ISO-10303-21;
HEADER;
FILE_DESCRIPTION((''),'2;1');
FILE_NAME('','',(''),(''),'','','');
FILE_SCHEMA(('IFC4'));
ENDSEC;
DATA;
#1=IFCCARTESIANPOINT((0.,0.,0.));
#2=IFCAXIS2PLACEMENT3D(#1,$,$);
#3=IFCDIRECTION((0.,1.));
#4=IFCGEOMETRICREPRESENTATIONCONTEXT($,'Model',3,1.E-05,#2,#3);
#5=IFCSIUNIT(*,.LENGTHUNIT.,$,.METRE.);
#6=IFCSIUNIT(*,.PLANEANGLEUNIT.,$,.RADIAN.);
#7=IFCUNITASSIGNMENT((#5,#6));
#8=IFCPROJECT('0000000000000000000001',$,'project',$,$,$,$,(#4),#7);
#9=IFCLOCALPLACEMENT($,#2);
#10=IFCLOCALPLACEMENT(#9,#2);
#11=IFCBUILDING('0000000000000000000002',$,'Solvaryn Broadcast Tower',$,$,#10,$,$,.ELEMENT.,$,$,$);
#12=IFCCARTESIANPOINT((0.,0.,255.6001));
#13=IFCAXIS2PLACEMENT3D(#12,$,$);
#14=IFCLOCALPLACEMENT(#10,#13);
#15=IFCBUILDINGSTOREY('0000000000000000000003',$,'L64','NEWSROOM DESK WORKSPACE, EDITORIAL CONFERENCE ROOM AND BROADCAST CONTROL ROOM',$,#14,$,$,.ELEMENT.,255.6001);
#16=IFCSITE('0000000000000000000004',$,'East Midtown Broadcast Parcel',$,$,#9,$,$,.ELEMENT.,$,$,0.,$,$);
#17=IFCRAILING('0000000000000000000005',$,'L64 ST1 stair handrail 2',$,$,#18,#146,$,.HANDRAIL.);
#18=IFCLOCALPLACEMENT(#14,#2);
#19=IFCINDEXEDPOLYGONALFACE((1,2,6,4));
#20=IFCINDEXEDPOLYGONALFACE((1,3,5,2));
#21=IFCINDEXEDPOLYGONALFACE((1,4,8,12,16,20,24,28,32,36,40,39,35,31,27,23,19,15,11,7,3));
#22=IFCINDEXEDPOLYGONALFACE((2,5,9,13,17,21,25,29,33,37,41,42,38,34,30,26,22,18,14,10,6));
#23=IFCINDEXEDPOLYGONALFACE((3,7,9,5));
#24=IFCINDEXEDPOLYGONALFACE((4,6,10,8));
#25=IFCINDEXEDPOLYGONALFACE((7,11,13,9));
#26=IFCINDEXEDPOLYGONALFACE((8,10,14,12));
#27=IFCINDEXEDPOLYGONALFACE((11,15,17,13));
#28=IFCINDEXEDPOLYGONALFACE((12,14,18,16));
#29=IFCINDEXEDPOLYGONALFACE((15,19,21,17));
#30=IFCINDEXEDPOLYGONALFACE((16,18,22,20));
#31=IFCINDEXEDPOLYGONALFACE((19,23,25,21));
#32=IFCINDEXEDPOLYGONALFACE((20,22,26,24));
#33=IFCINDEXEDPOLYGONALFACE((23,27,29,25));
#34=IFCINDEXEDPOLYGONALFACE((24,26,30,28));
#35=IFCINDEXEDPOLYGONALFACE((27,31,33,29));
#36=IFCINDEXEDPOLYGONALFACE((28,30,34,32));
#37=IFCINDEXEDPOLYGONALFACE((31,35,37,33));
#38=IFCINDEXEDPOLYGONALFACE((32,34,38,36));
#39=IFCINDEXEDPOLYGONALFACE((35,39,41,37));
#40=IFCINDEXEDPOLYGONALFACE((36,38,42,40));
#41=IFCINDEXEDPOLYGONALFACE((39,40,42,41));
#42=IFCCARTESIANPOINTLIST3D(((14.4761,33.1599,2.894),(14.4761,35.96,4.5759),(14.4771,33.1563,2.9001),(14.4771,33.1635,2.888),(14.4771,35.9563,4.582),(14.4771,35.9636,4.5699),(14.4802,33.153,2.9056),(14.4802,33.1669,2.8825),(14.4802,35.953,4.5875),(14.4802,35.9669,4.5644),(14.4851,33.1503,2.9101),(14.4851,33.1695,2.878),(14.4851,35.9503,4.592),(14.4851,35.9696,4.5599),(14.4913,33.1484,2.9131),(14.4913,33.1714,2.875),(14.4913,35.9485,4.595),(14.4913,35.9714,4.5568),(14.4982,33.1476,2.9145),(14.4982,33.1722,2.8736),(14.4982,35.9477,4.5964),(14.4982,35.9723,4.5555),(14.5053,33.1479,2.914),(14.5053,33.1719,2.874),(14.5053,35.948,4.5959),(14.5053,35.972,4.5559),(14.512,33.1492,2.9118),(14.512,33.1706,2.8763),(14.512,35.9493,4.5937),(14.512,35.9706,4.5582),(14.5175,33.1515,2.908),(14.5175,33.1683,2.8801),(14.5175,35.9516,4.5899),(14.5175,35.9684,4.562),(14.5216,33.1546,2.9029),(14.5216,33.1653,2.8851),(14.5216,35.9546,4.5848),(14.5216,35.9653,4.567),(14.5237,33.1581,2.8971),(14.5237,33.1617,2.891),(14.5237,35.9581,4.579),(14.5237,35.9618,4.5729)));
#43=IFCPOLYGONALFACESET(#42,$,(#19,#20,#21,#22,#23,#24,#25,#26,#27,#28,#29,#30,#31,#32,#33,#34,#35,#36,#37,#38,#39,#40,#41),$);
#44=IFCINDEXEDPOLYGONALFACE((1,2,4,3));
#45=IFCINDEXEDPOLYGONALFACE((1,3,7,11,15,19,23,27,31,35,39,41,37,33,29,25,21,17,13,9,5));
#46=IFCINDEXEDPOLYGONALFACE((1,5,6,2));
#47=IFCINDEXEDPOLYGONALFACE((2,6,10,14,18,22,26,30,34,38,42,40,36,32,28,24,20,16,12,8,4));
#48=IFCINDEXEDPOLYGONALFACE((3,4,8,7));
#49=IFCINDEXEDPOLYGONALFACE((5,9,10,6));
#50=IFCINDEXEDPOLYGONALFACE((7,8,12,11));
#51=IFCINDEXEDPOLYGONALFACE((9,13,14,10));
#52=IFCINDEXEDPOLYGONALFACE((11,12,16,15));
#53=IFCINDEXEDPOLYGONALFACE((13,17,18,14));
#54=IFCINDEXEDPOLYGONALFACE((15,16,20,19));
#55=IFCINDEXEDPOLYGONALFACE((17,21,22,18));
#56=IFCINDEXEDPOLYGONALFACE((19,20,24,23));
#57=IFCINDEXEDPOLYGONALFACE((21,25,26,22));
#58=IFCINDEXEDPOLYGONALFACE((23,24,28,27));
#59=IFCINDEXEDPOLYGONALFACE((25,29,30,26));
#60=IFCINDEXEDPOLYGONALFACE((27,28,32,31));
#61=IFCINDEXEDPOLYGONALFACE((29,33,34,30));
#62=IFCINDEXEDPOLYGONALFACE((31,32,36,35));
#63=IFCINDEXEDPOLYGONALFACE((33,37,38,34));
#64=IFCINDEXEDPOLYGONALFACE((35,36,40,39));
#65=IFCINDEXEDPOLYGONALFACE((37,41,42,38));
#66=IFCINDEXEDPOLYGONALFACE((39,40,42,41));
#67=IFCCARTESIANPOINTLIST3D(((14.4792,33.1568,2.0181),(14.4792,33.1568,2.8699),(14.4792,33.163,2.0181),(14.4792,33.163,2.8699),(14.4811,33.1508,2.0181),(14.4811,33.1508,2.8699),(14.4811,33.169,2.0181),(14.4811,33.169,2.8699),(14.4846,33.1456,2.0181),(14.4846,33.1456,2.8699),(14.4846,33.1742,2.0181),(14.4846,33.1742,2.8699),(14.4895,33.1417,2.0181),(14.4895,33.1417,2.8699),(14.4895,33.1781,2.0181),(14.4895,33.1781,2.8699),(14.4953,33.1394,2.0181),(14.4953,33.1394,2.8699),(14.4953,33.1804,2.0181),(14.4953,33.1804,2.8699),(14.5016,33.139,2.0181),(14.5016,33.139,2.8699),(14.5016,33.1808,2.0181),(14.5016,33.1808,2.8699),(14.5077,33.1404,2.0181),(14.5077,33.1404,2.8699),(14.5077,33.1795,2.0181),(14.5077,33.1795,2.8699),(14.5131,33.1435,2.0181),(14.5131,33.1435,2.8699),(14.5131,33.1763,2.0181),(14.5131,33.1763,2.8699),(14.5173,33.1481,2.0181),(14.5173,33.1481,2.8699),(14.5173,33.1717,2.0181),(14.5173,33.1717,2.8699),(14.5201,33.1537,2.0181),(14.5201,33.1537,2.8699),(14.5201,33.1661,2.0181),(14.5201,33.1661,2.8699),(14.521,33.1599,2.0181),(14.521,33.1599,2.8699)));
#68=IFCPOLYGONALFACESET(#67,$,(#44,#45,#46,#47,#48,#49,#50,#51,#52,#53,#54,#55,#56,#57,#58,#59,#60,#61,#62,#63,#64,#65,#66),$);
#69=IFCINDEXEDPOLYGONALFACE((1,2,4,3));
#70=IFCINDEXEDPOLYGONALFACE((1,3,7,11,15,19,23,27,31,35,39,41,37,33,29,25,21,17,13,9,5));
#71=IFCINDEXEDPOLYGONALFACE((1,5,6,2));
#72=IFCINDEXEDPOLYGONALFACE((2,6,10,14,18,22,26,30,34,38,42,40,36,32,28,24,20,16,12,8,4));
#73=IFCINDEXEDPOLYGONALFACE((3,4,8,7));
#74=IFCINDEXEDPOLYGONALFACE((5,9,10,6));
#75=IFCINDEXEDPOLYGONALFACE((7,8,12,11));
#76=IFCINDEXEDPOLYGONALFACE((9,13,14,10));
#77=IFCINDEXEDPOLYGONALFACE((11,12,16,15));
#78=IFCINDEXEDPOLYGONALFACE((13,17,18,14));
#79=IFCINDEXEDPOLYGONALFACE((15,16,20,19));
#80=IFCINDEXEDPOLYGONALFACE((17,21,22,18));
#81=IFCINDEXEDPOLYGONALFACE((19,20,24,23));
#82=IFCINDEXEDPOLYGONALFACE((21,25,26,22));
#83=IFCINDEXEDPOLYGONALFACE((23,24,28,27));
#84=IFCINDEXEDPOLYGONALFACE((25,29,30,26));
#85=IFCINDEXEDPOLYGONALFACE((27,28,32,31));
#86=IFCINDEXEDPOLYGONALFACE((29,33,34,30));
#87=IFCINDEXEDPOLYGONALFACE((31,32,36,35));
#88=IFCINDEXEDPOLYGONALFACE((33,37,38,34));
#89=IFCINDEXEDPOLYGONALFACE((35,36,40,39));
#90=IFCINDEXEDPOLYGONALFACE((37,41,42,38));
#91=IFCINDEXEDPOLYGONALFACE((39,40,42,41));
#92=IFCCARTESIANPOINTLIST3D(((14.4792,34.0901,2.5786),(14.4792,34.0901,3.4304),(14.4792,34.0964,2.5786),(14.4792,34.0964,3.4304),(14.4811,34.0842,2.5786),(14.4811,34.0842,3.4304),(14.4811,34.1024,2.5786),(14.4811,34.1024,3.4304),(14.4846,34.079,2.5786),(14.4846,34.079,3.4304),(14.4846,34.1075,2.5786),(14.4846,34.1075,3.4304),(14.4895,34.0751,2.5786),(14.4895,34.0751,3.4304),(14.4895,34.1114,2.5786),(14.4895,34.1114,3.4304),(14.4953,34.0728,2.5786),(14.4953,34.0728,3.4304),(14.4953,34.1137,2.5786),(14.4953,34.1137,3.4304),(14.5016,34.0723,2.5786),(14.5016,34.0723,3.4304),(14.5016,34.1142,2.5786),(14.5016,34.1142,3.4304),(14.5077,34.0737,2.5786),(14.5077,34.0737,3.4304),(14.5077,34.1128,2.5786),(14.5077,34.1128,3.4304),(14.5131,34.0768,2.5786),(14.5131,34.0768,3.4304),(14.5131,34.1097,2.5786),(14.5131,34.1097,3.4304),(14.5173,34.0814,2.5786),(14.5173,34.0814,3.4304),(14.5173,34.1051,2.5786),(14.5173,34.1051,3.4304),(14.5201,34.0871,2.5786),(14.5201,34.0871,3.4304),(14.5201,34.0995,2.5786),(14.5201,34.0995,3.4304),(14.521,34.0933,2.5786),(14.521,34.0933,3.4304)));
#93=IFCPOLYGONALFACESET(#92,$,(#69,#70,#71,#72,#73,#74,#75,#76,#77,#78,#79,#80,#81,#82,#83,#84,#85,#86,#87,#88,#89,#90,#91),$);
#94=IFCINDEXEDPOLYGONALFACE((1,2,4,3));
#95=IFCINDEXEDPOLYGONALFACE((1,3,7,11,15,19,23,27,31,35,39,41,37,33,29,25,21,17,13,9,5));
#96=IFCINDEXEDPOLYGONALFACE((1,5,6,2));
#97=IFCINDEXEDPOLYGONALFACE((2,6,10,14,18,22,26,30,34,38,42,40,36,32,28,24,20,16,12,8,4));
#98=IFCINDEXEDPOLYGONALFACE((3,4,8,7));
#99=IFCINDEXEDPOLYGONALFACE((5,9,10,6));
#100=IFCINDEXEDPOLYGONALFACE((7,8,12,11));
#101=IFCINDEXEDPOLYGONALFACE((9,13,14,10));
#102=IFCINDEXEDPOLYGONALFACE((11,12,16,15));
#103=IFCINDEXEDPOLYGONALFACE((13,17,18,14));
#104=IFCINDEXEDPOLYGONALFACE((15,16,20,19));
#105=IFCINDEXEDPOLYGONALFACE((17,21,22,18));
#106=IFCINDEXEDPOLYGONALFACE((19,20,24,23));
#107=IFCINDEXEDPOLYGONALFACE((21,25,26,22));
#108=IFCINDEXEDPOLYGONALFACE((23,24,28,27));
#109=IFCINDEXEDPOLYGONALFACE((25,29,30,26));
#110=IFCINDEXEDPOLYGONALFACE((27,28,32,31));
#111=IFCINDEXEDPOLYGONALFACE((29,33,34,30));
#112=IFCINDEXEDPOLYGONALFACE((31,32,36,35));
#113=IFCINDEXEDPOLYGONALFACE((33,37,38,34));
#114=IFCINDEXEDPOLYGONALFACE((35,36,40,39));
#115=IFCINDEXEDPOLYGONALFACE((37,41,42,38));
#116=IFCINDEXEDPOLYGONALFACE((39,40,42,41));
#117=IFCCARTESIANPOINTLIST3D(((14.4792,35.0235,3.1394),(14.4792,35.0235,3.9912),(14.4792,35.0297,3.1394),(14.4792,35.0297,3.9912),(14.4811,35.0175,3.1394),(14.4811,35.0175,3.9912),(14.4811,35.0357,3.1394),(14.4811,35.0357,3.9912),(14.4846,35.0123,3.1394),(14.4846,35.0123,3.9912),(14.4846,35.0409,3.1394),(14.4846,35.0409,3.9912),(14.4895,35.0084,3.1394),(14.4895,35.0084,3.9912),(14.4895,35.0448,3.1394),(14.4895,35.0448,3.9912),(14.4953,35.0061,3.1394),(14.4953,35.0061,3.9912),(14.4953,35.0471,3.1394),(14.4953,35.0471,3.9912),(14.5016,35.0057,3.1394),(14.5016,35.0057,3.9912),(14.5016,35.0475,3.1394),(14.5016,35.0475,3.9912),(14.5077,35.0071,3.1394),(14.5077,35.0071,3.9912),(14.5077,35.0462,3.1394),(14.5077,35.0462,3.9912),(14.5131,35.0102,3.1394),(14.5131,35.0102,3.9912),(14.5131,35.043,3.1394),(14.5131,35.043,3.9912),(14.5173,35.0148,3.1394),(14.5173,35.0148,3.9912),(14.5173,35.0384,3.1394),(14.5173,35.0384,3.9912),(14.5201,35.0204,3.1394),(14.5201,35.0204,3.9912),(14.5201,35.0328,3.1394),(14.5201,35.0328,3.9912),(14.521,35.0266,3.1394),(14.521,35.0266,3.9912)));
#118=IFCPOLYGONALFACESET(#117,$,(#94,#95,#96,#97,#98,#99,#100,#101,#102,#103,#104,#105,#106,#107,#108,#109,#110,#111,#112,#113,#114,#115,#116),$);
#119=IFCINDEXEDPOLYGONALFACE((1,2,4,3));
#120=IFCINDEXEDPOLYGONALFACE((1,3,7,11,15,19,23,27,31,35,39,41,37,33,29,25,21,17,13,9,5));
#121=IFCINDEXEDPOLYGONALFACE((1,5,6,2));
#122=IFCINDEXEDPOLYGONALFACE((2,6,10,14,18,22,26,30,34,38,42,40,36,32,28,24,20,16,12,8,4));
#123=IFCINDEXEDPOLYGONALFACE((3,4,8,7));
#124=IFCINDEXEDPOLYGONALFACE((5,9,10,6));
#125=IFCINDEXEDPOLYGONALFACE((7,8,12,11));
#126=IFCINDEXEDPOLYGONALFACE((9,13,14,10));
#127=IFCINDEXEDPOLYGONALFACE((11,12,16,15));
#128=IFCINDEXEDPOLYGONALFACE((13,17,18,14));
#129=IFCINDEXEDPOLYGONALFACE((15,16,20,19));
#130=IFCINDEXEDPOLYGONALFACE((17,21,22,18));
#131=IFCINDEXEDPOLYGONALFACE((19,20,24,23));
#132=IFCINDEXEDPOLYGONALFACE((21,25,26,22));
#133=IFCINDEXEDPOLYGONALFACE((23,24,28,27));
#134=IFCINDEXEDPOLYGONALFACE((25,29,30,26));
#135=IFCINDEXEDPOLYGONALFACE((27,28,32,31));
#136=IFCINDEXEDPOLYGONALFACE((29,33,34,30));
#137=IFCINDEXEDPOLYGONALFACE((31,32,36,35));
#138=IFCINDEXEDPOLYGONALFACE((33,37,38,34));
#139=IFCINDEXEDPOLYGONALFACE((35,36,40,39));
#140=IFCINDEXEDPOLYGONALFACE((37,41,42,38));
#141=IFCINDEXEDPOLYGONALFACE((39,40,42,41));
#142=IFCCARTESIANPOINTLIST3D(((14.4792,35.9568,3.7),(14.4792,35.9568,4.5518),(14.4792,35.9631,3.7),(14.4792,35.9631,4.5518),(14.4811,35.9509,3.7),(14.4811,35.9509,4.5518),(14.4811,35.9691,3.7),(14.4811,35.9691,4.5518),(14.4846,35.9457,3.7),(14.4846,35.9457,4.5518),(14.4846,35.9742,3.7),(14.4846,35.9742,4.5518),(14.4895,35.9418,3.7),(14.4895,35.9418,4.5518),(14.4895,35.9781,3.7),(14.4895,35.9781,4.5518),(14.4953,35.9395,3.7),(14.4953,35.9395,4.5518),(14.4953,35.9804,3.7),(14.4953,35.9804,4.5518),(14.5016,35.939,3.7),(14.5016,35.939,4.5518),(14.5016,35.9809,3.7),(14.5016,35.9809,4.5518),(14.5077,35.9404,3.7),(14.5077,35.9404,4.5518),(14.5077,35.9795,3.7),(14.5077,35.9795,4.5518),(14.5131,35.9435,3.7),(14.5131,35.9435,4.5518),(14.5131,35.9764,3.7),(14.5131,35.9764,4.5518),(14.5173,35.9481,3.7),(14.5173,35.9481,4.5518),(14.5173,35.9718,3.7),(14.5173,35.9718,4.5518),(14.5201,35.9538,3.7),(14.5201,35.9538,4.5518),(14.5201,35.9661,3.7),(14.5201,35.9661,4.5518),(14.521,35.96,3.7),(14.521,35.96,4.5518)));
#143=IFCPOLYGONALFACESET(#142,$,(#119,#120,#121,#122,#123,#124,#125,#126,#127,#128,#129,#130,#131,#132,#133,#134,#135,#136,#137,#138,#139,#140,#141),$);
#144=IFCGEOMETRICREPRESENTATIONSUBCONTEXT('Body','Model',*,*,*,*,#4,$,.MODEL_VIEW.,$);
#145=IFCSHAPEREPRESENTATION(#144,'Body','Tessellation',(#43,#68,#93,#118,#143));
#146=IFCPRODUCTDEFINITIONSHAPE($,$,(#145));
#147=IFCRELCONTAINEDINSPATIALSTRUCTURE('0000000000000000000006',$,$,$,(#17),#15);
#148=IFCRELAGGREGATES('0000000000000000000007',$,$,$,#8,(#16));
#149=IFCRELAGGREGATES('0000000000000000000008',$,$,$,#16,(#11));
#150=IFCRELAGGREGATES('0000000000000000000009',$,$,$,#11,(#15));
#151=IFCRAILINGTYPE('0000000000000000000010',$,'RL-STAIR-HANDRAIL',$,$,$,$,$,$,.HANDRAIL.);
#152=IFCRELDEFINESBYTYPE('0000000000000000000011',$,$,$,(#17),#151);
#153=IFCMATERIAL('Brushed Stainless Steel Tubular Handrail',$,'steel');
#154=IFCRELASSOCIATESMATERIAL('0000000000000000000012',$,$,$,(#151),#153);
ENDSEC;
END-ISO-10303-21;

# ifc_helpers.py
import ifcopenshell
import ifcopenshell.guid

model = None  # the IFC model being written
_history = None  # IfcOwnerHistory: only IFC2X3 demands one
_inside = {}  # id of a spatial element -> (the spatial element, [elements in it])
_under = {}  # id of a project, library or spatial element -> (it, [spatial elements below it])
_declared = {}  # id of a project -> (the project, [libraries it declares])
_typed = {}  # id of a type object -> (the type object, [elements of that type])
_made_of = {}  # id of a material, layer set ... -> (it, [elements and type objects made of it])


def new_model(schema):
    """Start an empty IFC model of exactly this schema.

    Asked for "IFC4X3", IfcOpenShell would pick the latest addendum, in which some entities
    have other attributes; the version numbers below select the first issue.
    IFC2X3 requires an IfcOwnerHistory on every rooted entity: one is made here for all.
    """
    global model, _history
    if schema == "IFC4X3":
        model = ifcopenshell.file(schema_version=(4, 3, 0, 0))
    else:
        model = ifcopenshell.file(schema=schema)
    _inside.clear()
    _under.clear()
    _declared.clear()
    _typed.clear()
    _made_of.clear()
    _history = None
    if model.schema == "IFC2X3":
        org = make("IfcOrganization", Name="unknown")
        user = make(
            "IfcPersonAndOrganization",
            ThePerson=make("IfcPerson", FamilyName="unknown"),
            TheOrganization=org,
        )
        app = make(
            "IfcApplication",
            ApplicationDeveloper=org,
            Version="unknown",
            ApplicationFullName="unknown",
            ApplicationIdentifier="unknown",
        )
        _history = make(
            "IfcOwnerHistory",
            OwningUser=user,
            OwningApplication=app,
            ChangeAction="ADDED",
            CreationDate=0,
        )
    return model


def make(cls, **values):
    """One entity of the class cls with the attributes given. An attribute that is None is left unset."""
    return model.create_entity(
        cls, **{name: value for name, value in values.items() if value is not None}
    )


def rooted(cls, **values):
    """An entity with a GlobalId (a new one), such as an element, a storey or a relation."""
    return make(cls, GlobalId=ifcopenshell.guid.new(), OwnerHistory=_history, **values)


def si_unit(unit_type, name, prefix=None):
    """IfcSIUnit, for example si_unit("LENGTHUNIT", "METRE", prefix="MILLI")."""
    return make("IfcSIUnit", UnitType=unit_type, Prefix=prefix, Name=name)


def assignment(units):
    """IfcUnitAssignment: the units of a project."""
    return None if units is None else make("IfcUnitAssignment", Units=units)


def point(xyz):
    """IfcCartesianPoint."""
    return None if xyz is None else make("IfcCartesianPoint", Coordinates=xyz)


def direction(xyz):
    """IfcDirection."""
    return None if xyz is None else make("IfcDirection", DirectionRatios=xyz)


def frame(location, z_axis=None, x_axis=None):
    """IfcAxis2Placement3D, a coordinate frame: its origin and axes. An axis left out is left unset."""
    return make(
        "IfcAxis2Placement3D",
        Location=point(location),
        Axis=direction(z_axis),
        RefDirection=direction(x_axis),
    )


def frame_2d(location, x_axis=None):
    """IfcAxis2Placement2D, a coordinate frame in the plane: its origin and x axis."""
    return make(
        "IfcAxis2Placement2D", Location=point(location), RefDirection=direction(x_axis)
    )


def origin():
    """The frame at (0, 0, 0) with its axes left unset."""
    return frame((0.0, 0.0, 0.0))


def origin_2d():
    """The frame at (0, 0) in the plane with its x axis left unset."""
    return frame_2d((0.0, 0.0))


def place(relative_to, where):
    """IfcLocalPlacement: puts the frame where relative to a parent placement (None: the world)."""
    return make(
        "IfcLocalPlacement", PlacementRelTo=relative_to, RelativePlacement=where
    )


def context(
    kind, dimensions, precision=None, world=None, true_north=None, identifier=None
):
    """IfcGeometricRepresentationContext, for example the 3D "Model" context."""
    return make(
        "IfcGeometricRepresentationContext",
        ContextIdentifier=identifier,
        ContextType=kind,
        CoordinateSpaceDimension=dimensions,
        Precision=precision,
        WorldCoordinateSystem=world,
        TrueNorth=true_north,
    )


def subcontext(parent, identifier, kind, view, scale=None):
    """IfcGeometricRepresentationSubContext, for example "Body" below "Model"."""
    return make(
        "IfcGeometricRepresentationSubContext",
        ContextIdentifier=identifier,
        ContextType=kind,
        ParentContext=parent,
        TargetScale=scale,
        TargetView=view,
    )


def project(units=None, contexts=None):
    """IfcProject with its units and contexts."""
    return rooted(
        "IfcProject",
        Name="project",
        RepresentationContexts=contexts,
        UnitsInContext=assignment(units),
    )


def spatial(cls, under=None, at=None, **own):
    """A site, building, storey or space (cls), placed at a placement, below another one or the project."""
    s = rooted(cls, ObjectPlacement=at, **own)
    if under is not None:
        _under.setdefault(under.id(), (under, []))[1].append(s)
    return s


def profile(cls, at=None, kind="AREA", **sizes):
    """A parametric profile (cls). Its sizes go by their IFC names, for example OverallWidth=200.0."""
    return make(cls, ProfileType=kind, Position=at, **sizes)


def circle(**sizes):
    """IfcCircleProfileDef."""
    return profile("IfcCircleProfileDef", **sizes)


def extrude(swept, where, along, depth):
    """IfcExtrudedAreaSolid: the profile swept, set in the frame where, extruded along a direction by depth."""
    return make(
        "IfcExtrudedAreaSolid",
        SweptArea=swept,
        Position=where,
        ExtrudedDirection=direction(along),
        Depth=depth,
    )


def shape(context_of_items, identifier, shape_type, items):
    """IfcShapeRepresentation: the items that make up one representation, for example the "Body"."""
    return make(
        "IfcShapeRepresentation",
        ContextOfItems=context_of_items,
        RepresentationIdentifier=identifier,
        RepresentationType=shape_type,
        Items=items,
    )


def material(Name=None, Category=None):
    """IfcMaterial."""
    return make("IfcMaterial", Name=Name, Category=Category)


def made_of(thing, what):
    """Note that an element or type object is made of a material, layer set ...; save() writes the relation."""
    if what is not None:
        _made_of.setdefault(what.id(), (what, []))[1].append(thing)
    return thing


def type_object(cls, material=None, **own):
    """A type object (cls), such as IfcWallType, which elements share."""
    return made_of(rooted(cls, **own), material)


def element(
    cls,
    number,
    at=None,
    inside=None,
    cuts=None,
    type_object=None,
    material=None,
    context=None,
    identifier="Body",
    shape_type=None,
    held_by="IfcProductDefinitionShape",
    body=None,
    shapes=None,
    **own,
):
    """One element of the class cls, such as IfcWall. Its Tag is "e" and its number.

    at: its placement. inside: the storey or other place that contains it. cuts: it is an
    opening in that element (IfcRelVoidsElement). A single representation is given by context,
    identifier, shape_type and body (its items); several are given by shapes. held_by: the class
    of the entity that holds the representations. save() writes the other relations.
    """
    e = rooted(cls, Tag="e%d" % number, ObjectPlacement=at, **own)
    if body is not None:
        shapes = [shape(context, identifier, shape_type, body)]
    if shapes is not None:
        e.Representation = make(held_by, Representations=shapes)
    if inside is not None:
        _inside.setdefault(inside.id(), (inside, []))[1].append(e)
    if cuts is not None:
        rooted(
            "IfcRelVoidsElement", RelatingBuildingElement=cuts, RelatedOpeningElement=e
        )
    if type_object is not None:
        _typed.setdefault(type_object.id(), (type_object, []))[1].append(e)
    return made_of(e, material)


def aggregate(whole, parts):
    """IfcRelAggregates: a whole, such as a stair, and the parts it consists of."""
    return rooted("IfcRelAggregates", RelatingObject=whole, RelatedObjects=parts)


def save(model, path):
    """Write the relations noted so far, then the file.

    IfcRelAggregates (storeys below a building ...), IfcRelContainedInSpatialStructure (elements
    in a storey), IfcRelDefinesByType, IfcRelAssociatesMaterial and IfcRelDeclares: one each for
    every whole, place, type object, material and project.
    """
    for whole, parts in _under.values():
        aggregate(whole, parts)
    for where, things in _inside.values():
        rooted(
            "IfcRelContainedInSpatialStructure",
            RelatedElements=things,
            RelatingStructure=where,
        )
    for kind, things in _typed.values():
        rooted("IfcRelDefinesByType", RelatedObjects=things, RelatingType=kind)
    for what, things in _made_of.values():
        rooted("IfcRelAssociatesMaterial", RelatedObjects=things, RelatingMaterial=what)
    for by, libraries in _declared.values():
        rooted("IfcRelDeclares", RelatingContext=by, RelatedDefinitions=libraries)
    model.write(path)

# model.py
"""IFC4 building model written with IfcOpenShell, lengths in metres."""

from ifc_helpers import new_model, si_unit, direction, frame, origin, origin_2d, place, context, subcontext, project, spatial, circle, extrude, material, type_object, element, save


model = new_model("IFC4")

# Units and contexts
model_context = context("Model", 3, precision=1e-05, world=origin(), true_north=direction((0.0, 1.0)))
body_context = subcontext(model_context, "Body", "Model", "MODEL_VIEW")
ifc_project = project(units=[si_unit("LENGTHUNIT", "METRE"), si_unit("PLANEANGLEUNIT", "RADIAN")], contexts=[model_context])

# Site, building, storey
site_placement = place(None, origin())
site = spatial("IfcSite", under=ifc_project, at=site_placement, Name="East Midtown Broadcast Parcel", CompositionType="ELEMENT", RefElevation=0.0)
building_placement = place(site_placement, origin())
building = spatial("IfcBuilding", under=site, at=building_placement, Name="Solvaryn Broadcast Tower", CompositionType="ELEMENT")
storey_placement = place(building_placement, frame((0.0, 0.0, 255.6001)))
storey = spatial("IfcBuildingStorey", under=building, at=storey_placement, Name="L64", Description="NEWSROOM DESK WORKSPACE, EDITORIAL CONFERENCE ROOM AND BROADCAST CONTROL ROOM", CompositionType="ELEMENT", Elevation=255.6001)

# Railing
ifc_material_1 = material(Name="Brushed Stainless Steel Tubular Handrail", Category="steel")
railing_type_1 = type_object("IfcRailingType", Name="RL-STAIR-HANDRAIL", PredefinedType="HANDRAIL", material=ifc_material_1)
railing_1_placement = place(storey_placement, frame((14.5, 33.1599, 2.0181)))
element("IfcRailing", 1, at=railing_1_placement, inside=storey, type_object=railing_type_1, Name="L64 ST1 stair handrail 2", PredefinedType="HANDRAIL", context=body_context, shape_type="SweptSolid", body=[
    extrude(circle(Radius=0.0239, at=origin_2d()), frame((0.0, 0.0, 0.876), z_axis=(0.0, 0.857242, 0.514913), x_axis=(-1.0, 0.0, 0.0)), (0.0, 0.0, 1.0), 3.2664),
    extrude(circle(Radius=0.021, at=origin_2d()), origin(), (0.0, 0.0, 1.0), 0.8518),
    extrude(circle(Radius=0.021, at=origin_2d()), frame((0.0, 0.9333, 0.5605)), (0.0, 0.0, 1.0), 0.8518),
    extrude(circle(Radius=0.021, at=origin_2d()), frame((0.0, 1.8667, 1.1213)), (0.0, 0.0, 1.0), 0.8518),
    extrude(circle(Radius=0.021, at=origin_2d()), frame((0.0, 2.8, 1.6819)), (0.0, 0.0, 1.0), 0.8518),
])

save(model, "model.ifc")
